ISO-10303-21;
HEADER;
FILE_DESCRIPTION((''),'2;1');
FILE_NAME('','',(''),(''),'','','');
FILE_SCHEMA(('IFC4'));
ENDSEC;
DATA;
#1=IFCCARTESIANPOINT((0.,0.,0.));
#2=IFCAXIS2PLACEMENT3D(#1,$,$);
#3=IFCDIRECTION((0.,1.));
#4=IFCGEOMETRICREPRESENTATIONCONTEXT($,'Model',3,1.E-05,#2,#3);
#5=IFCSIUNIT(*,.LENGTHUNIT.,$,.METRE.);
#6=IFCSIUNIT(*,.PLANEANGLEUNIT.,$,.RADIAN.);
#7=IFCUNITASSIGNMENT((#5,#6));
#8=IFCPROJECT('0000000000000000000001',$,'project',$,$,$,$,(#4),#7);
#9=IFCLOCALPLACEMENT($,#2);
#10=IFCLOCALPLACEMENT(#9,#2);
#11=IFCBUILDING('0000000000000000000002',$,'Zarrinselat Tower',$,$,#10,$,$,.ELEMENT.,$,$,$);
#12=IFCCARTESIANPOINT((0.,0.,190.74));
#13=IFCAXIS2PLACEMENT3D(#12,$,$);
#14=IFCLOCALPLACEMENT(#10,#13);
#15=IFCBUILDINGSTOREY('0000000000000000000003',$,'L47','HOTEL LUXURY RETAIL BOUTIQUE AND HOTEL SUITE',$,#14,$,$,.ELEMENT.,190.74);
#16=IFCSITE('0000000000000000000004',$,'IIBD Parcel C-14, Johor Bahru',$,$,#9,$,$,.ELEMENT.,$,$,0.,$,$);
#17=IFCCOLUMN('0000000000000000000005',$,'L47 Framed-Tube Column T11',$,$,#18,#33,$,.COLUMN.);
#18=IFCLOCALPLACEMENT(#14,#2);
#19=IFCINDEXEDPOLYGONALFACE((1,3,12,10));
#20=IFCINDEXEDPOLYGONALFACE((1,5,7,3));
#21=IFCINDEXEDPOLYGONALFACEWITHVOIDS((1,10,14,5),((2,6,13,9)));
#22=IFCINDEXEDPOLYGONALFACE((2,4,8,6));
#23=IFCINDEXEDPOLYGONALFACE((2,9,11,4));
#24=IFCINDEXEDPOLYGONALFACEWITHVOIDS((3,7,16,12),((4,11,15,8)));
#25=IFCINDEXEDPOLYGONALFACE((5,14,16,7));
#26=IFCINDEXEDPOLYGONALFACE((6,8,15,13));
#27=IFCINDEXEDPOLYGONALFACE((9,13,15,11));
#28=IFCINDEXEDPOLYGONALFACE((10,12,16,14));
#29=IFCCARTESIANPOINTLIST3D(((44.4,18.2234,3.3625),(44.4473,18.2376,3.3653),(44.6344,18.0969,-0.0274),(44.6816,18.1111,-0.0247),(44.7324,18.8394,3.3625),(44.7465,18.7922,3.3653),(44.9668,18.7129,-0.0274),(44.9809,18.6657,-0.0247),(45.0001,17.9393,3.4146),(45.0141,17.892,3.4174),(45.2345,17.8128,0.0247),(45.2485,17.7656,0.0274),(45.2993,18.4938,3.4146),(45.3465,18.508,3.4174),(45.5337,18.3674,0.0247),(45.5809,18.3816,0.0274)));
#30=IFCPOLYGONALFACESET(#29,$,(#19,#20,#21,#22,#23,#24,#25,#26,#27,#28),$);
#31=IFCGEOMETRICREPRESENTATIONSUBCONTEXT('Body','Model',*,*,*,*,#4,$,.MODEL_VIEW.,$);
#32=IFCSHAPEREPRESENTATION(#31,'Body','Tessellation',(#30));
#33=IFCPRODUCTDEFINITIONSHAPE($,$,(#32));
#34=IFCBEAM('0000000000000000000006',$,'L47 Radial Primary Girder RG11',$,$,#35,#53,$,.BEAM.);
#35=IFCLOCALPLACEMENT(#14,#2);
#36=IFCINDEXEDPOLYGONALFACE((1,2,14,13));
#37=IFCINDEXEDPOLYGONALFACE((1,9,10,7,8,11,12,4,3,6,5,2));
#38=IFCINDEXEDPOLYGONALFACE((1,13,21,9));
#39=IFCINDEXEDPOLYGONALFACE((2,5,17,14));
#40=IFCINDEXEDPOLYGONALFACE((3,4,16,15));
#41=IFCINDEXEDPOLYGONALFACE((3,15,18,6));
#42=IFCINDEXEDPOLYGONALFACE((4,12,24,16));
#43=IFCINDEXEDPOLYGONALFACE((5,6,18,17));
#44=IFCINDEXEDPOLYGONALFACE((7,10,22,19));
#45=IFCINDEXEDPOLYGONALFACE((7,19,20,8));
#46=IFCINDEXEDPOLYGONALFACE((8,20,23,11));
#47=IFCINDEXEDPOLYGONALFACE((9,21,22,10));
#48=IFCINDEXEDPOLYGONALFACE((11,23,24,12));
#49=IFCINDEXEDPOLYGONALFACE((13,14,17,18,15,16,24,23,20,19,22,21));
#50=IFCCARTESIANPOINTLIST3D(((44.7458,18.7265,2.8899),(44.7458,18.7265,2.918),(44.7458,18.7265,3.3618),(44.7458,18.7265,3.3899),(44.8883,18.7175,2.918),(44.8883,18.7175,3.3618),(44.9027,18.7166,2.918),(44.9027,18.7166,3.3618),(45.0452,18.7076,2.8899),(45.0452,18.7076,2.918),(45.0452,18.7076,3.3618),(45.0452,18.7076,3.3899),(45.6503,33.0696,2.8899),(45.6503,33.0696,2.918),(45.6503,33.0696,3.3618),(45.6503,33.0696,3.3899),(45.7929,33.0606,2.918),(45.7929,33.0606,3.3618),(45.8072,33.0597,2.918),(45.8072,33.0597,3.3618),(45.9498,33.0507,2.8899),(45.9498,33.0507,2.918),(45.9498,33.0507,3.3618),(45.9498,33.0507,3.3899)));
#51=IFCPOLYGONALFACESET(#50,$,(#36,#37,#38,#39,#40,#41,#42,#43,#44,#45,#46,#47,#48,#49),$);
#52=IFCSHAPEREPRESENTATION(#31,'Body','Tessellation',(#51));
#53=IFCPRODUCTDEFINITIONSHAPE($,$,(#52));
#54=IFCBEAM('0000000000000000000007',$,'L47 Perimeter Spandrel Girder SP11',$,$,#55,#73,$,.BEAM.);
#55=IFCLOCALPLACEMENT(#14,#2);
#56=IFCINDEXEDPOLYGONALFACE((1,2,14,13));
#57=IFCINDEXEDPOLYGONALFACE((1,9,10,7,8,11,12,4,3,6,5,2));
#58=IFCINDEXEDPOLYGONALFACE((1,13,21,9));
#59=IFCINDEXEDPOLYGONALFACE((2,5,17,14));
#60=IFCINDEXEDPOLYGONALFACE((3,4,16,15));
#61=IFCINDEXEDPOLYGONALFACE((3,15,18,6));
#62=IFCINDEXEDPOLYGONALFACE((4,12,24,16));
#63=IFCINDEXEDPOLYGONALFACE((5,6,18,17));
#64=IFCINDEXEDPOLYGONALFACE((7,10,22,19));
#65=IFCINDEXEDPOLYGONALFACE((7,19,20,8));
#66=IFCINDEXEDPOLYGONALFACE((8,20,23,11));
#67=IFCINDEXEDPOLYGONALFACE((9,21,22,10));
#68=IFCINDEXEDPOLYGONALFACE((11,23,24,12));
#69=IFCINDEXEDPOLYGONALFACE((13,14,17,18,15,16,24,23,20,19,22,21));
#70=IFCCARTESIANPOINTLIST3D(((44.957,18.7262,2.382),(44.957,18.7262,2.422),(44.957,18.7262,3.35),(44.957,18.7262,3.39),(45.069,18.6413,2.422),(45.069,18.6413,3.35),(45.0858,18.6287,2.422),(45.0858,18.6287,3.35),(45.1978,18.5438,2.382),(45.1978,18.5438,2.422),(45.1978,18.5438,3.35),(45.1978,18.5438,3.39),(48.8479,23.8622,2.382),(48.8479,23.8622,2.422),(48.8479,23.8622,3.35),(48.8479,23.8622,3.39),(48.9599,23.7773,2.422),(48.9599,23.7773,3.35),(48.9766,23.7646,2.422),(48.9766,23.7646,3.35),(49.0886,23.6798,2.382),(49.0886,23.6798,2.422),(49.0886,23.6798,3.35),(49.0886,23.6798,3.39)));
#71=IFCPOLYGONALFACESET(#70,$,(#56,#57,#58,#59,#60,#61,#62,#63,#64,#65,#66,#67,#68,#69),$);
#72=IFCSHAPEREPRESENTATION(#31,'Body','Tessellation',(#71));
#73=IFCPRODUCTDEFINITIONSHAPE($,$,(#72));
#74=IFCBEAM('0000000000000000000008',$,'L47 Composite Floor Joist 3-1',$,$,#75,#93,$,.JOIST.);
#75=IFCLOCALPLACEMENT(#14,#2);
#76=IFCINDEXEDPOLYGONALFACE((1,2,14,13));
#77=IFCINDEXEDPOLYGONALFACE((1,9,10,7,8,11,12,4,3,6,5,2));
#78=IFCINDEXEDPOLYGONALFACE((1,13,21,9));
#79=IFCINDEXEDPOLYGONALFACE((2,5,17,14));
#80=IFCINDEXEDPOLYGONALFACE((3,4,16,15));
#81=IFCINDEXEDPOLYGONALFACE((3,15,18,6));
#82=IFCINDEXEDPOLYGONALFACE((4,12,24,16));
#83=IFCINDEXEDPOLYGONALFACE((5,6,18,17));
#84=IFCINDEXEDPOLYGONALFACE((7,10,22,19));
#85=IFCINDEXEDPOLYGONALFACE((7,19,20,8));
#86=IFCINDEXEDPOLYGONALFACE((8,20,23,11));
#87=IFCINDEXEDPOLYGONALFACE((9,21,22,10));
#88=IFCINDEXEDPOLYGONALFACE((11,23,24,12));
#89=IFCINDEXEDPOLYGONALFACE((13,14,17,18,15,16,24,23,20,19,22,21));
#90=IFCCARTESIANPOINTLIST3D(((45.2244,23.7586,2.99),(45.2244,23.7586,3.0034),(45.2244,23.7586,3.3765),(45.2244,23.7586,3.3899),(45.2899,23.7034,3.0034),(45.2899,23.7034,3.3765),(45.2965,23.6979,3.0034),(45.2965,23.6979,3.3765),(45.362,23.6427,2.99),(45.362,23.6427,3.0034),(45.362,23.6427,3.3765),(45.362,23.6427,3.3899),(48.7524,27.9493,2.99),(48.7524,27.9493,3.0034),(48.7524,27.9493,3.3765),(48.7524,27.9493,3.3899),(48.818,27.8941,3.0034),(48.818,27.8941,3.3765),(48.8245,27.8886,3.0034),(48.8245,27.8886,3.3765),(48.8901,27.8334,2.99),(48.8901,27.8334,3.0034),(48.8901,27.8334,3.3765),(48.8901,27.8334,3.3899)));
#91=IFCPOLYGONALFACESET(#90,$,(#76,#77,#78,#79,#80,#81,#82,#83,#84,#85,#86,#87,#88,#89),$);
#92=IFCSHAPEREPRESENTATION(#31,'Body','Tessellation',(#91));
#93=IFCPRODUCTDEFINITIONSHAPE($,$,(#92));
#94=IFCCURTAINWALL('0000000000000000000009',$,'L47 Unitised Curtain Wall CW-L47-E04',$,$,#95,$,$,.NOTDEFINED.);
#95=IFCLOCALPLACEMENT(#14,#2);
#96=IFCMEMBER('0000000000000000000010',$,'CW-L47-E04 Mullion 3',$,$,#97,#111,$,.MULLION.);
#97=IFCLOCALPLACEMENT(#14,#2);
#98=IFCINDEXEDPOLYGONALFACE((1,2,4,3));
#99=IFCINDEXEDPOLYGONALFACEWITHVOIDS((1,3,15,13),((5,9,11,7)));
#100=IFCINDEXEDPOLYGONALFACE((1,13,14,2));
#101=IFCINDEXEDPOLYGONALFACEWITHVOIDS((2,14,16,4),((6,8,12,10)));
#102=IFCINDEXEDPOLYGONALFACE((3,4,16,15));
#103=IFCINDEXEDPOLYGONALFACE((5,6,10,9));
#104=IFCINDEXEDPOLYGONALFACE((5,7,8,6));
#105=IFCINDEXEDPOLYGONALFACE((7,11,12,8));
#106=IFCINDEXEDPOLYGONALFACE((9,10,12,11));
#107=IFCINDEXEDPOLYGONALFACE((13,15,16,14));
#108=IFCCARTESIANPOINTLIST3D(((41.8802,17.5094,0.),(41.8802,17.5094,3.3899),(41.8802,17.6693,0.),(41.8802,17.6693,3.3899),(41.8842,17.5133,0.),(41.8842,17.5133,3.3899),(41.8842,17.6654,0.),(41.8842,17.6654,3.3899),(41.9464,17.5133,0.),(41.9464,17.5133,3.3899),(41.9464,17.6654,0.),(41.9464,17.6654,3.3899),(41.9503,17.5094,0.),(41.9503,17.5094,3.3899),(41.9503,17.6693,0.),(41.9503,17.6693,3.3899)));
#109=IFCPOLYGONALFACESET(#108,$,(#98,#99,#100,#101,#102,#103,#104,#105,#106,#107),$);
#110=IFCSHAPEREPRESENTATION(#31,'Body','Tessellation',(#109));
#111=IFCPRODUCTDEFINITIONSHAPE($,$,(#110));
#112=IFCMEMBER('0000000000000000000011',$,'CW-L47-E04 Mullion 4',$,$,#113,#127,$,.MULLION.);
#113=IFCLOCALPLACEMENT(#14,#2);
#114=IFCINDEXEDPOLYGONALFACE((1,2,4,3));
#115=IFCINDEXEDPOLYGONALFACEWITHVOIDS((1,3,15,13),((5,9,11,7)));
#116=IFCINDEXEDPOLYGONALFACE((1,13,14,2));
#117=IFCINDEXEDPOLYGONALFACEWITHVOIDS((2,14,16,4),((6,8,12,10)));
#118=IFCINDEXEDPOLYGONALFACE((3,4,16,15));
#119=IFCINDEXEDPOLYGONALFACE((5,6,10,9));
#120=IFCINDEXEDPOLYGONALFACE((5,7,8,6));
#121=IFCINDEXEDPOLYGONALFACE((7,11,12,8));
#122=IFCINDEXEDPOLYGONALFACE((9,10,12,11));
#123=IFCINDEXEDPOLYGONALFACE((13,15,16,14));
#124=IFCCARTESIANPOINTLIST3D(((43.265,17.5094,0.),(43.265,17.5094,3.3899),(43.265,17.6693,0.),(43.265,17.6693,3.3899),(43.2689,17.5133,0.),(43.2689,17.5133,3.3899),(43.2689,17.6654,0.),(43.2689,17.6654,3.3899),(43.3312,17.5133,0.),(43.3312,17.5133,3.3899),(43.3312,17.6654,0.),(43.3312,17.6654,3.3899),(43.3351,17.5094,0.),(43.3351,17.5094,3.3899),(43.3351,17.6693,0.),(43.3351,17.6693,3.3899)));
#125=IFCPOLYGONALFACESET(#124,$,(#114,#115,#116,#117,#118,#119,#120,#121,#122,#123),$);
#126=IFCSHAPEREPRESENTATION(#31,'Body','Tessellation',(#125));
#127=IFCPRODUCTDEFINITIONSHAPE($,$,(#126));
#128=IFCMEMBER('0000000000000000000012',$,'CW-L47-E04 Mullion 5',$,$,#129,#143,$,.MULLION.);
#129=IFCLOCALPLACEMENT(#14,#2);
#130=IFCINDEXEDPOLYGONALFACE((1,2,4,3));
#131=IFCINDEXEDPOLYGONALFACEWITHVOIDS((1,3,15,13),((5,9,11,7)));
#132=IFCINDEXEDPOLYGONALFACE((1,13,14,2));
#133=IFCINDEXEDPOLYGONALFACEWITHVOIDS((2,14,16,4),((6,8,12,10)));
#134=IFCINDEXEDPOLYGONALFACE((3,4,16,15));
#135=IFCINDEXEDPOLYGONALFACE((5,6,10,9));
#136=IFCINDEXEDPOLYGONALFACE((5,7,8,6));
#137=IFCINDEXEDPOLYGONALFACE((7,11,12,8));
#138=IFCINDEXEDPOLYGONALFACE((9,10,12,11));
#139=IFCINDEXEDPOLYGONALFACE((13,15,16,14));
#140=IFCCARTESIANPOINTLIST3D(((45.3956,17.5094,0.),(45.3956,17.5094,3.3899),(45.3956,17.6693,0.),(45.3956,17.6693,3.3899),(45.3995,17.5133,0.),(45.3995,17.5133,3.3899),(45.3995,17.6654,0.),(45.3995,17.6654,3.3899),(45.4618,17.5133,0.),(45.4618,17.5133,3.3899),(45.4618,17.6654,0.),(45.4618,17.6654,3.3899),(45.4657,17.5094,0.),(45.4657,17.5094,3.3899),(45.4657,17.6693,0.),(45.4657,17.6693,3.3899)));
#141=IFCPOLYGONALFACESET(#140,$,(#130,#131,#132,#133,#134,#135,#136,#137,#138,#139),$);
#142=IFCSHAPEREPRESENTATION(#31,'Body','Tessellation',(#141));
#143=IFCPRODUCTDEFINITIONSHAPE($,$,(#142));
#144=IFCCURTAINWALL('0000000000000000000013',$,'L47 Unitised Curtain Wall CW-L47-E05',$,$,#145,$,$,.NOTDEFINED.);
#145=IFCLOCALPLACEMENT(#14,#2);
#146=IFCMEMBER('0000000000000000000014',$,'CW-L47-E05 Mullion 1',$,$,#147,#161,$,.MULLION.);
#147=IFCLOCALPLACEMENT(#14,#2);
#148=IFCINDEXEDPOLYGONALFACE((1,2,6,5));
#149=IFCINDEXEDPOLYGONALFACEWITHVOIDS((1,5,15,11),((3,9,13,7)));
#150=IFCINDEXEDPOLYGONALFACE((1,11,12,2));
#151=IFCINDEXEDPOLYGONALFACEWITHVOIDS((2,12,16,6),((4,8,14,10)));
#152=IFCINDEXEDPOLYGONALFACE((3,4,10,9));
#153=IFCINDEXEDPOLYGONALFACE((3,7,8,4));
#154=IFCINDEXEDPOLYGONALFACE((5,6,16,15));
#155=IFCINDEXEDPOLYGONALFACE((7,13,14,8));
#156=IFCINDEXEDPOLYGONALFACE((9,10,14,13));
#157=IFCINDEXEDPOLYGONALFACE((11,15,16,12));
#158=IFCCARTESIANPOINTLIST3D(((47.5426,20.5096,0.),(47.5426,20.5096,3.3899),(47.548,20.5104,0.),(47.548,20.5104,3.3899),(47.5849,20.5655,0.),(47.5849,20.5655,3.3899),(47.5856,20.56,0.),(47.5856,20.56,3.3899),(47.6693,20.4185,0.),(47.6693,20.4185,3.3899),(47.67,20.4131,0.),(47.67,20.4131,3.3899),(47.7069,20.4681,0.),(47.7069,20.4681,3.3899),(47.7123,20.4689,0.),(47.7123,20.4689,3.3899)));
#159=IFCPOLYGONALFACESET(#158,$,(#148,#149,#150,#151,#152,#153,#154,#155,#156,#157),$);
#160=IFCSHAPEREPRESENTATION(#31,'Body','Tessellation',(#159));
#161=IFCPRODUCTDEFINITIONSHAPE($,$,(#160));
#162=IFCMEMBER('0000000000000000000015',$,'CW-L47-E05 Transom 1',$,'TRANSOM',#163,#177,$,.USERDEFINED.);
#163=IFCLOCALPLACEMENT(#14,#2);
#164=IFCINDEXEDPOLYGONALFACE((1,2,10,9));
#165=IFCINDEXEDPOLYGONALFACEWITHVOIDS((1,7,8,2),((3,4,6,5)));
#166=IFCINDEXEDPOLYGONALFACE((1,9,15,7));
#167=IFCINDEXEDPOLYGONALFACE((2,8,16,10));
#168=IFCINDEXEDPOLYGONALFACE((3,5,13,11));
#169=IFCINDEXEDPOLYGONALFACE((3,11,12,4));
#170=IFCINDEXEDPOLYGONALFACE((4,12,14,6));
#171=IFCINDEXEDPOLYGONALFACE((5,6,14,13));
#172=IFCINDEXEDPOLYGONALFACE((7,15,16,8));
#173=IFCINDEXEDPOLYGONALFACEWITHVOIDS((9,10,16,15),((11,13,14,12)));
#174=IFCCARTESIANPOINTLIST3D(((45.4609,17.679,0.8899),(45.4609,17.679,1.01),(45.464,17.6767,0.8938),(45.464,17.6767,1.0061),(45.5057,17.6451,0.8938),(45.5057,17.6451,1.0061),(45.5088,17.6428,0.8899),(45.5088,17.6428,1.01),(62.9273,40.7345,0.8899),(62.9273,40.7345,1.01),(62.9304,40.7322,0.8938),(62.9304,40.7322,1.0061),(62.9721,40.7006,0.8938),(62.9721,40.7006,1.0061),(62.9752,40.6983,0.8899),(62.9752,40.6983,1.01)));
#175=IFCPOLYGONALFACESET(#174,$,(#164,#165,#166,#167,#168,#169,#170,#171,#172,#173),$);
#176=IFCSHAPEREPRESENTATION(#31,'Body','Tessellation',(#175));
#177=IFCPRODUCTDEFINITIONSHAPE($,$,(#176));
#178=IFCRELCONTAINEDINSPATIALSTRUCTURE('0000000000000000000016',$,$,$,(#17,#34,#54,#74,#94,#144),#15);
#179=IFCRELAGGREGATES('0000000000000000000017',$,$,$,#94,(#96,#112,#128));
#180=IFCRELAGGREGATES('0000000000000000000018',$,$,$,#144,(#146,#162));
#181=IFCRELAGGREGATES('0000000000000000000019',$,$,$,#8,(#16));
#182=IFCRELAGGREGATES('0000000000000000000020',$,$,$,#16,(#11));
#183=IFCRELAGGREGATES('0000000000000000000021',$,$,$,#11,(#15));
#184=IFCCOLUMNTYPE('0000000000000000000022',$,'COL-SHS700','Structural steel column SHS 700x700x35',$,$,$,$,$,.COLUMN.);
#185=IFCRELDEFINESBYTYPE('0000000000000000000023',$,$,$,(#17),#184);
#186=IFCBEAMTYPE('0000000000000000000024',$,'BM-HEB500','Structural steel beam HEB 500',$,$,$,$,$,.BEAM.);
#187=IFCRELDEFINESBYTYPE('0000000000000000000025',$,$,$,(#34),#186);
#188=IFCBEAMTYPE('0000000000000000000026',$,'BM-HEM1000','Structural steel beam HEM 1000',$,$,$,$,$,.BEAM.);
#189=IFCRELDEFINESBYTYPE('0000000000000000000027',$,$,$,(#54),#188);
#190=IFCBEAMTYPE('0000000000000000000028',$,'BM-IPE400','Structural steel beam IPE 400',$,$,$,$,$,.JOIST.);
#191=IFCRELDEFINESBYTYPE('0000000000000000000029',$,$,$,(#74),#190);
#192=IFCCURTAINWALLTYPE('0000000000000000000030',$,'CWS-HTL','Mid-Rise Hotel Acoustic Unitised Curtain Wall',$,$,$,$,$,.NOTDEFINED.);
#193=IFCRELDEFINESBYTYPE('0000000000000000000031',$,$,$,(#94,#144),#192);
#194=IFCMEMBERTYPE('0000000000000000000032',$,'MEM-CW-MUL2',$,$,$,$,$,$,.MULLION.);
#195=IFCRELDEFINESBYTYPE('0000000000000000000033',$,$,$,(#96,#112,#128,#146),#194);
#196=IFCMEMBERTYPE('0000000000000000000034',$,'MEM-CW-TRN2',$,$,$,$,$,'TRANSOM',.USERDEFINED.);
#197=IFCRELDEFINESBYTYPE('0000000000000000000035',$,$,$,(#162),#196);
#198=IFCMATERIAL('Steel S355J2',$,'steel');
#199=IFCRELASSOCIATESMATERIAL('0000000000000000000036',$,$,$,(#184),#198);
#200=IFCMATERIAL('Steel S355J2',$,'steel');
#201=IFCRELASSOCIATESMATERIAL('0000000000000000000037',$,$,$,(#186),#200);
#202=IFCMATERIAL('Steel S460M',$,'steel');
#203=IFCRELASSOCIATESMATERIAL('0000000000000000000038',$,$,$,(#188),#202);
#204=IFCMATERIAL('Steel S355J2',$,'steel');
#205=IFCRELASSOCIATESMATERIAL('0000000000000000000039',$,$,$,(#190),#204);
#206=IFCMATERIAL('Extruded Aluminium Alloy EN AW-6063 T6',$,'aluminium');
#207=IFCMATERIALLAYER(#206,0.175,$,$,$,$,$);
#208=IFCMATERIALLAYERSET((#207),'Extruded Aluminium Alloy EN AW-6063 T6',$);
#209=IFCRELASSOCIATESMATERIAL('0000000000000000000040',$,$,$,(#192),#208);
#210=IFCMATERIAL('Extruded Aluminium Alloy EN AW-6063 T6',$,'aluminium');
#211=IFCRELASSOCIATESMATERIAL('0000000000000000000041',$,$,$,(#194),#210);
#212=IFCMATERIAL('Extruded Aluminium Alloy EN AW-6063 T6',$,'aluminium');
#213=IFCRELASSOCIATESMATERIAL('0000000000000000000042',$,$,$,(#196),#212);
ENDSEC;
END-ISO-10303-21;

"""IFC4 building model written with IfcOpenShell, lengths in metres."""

from ifc_helpers import new_model, si_unit, direction, frame, origin, origin_2d, place, context, subcontext, project, spatial, hollow_rectangle, i_section, extrude, material, layer, layer_set, material_profile, profile_set, type_object, element, aggregate, save


model = new_model("IFC4")

# Units and contexts
model_context = context("Model", 3, precision=1e-05, world=origin(), true_north=direction((0.0, 1.0)))
body_context = subcontext(model_context, "Body", "Model", "MODEL_VIEW")
ifc_project = project(units=[si_unit("LENGTHUNIT", "METRE"), si_unit("PLANEANGLEUNIT", "RADIAN")], contexts=[model_context])

# Site, building, storey
site_placement = place(None, origin())
site = spatial("IfcSite", under=ifc_project, at=site_placement, Name="IIBD Parcel C-14, Johor Bahru", CompositionType="ELEMENT", RefElevation=0.0)
building_placement = place(site_placement, origin())
building = spatial("IfcBuilding", under=site, at=building_placement, Name="Zarrinselat Tower", CompositionType="ELEMENT")
storey_placement = place(building_placement, frame((0.0, 0.0, 190.74)))
storey = spatial("IfcBuildingStorey", under=building, at=storey_placement, Name="L47", Description="HOTEL LUXURY RETAIL BOUTIQUE AND HOTEL SUITE", CompositionType="ELEMENT", Elevation=190.74)

# Column
ifc_material_1 = material(Name="Steel S355J2", Category="steel")
ifc_material_profile_1 = material_profile(ifc_material_1, hollow_rectangle(XDim=0.7, YDim=0.7, WallThickness=0.0349, at=origin_2d()), Name="SHS 700x700x35")
ifc_profile_set_1 = profile_set([ifc_material_profile_1], Name="Steel S355J2")
column_type = type_object("IfcColumnType", Name="COL-SHS700", Description="Structural steel column SHS 700x700x35", PredefinedType="COLUMN", material=ifc_profile_set_1)
column_placement = place(storey_placement, frame((45.1077, 18.2393, 0.0), z_axis=(-0.068927, 0.037192, 0.996928), x_axis=(-0.474865, -0.880059, 0.0)))
element("IfcColumn", 1, at=column_placement, inside=storey, type_object=column_type, Name="L47 Framed-Tube Column T11", PredefinedType="COLUMN", context=body_context, shape_type="SweptSolid", body=[
    extrude(hollow_rectangle(XDim=0.7, YDim=0.7, WallThickness=0.0349, at=origin_2d()), origin(), (0.0, 0.0, 1.0), 3.4004),
])

# Beams
ifc_material_2 = material(Name="Steel S355J2", Category="steel")
ifc_material_profile_2 = material_profile(ifc_material_2, i_section(OverallWidth=0.3, OverallDepth=0.5, WebThickness=0.0144, FlangeThickness=0.0281, at=origin_2d()), Name="HEB 500")
ifc_profile_set_2 = profile_set([ifc_material_profile_2], Name="Steel S355J2")
beam_type_1 = type_object("IfcBeamType", Name="BM-HEB500", Description="Structural steel beam HEB 500", PredefinedType="BEAM", material=ifc_profile_set_2)
beam_1_placement = place(storey_placement, frame((44.8955, 18.717, 3.1399), z_axis=(0.06294, 0.998017, 0.0), x_axis=(-0.998017, 0.06294, 0.0)))
element("IfcBeam", 2, at=beam_1_placement, inside=storey, type_object=beam_type_1, Name="L47 Radial Primary Girder RG11", PredefinedType="BEAM", context=body_context, shape_type="SweptSolid", body=[
    extrude(i_section(OverallWidth=0.3, OverallDepth=0.5, WebThickness=0.0144, FlangeThickness=0.0281, at=origin_2d()), origin(), (0.0, 0.0, 1.0), 14.3716),
])
ifc_material_3 = material(Name="Steel S460M", Category="steel")
ifc_material_profile_3 = material_profile(ifc_material_3, i_section(OverallWidth=0.302, OverallDepth=1.0081, WebThickness=0.021, FlangeThickness=0.04, at=origin_2d()), Name="HEM 1000")
ifc_profile_set_3 = profile_set([ifc_material_profile_3], Name="Steel S460M")
beam_type_2 = type_object("IfcBeamType", Name="BM-HEM1000", Description="Structural steel beam HEM 1000", PredefinedType="BEAM", material=ifc_profile_set_3)
beam_2_placement = place(storey_placement, frame((45.0774, 18.635, 2.886), z_axis=(0.603855, 0.797094, 0.0), x_axis=(-0.797094, 0.603855, 0.0)))
element("IfcBeam", 3, at=beam_2_placement, inside=storey, type_object=beam_type_2, Name="L47 Perimeter Spandrel Girder SP11", PredefinedType="BEAM", context=body_context, shape_type="SweptSolid", body=[
    extrude(i_section(OverallWidth=0.302, OverallDepth=1.0081, WebThickness=0.021, FlangeThickness=0.04, at=origin_2d()), origin(), (0.0, 0.0, 1.0), 6.4434),
])
ifc_material_4 = material(Name="Steel S355J2", Category="steel")
ifc_material_profile_4 = material_profile(ifc_material_4, i_section(OverallWidth=0.1799, OverallDepth=0.3999, WebThickness=0.0085, FlangeThickness=0.0134, at=origin_2d()), Name="IPE 400")
ifc_profile_set_4 = profile_set([ifc_material_profile_4], Name="Steel S355J2")
beam_type_3 = type_object("IfcBeamType", Name="BM-IPE400", Description="Structural steel beam IPE 400", PredefinedType="JOIST", material=ifc_profile_set_4)
beam_3_placement = place(storey_placement, frame((45.2932, 23.7007, 3.1899), z_axis=(0.644038, 0.764993, 0.0), x_axis=(-0.764993, 0.644038, 0.0)))
element("IfcBeam", 4, at=beam_3_placement, inside=storey, type_object=beam_type_3, Name="L47 Composite Floor Joist 3-1", PredefinedType="JOIST", context=body_context, shape_type="SweptSolid", body=[
    extrude(i_section(OverallWidth=0.1799, OverallDepth=0.3999, WebThickness=0.0085, FlangeThickness=0.0134, at=origin_2d()), origin(), (0.0, 0.0, 1.0), 5.478),
])

# Curtain walls, members
ifc_material_5 = material(Name="Extruded Aluminium Alloy EN AW-6063 T6", Category="aluminium")
ifc_layer_1 = layer(ifc_material_5, 0.175)
ifc_layer_set_1 = layer_set([ifc_layer_1], Name="Extruded Aluminium Alloy EN AW-6063 T6")
curtain_wall_type = type_object("IfcCurtainWallType", Name="CWS-HTL", Description="Mid-Rise Hotel Acoustic Unitised Curtain Wall", PredefinedType="NOTDEFINED", material=ifc_layer_set_1)
curtain_wall_1_placement = place(storey_placement, origin())
curtain_wall_1 = element("IfcCurtainWall", 5, at=curtain_wall_1_placement, inside=storey, type_object=curtain_wall_type, Name="L47 Unitised Curtain Wall CW-L47-E04", PredefinedType="NOTDEFINED")
ifc_material_6 = material(Name="Extruded Aluminium Alloy EN AW-6063 T6", Category="aluminium")
ifc_material_profile_5 = material_profile(ifc_material_6, hollow_rectangle(XDim=0.0701, YDim=0.1599, WallThickness=0.0039, at=origin_2d()), Name="RHS 160x70x4")
ifc_profile_set_5 = profile_set([ifc_material_profile_5], Name="Extruded Aluminium Alloy EN AW-6063 T6")
member_type_1 = type_object("IfcMemberType", Name="MEM-CW-MUL2", PredefinedType="MULLION", material=ifc_profile_set_5)
member_1_placement = place(storey_placement, frame((41.9153, 17.5894, 0.0), z_axis=(0.0, 0.0, 1.0), x_axis=(1.0, 0.0, 0.0)))
member_1 = element("IfcMember", 6, at=member_1_placement, type_object=member_type_1, Name="CW-L47-E04 Mullion 3", PredefinedType="MULLION", context=body_context, shape_type="SweptSolid", body=[
    extrude(hollow_rectangle(XDim=0.0701, YDim=0.1599, WallThickness=0.0039, at=origin_2d()), origin(), (0.0, 0.0, 1.0), 3.3899),
])
member_2_placement = place(storey_placement, frame((43.3, 17.5894, 0.0), z_axis=(0.0, 0.0, 1.0), x_axis=(1.0, 0.0, 0.0)))
member_2 = element("IfcMember", 7, at=member_2_placement, type_object=member_type_1, Name="CW-L47-E04 Mullion 4", PredefinedType="MULLION", context=body_context, shape_type="SweptSolid", body=[
    extrude(hollow_rectangle(XDim=0.0701, YDim=0.1599, WallThickness=0.0039, at=origin_2d()), origin(), (0.0, 0.0, 1.0), 3.3899),
])
member_3_placement = place(storey_placement, frame((45.4307, 17.5894, 0.0), z_axis=(0.0, 0.0, 1.0), x_axis=(1.0, 0.0, 0.0)))
member_3 = element("IfcMember", 8, at=member_3_placement, type_object=member_type_1, Name="CW-L47-E04 Mullion 5", PredefinedType="MULLION", context=body_context, shape_type="SweptSolid", body=[
    extrude(hollow_rectangle(XDim=0.0701, YDim=0.1599, WallThickness=0.0039, at=origin_2d()), origin(), (0.0, 0.0, 1.0), 3.3899),
])
curtain_wall_2_placement = place(storey_placement, origin())
curtain_wall_2 = element("IfcCurtainWall", 9, at=curtain_wall_2_placement, inside=storey, type_object=curtain_wall_type, Name="L47 Unitised Curtain Wall CW-L47-E05", PredefinedType="NOTDEFINED")
member_4_placement = place(storey_placement, frame((47.6274, 20.4893, 0.0), z_axis=(0.0, 0.0, 1.0), x_axis=(0.603857, 0.797093, 0.0)))
member_4 = element("IfcMember", 10, at=member_4_placement, type_object=member_type_1, Name="CW-L47-E05 Mullion 1", PredefinedType="MULLION", context=body_context, shape_type="SweptSolid", body=[
    extrude(hollow_rectangle(XDim=0.0701, YDim=0.1599, WallThickness=0.0039, at=origin_2d()), origin(), (0.0, 0.0, 1.0), 3.3899),
])
ifc_material_7 = material(Name="Extruded Aluminium Alloy EN AW-6063 T6", Category="aluminium")
ifc_material_profile_6 = material_profile(ifc_material_7, hollow_rectangle(XDim=0.0601, YDim=0.1201, WallThickness=0.0039, at=origin_2d()), Name="RHS 120x60x4")
ifc_profile_set_6 = profile_set([ifc_material_profile_6], Name="Extruded Aluminium Alloy EN AW-6063 T6")
member_type_2 = type_object("IfcMemberType", Name="MEM-CW-TRN2", ElementType="TRANSOM", PredefinedType="USERDEFINED", material=ifc_profile_set_6)
member_5_placement = place(storey_placement, frame((45.4849, 17.6609, 0.95), z_axis=(0.603859, 0.797091, 0.0), x_axis=(-0.797091, 0.603859, 0.0)))
member_5 = element("IfcMember", 11, at=member_5_placement, type_object=member_type_2, Name="CW-L47-E05 Transom 1", ObjectType="TRANSOM", PredefinedType="USERDEFINED", context=body_context, shape_type="SweptSolid", body=[
    extrude(hollow_rectangle(XDim=0.0601, YDim=0.1201, WallThickness=0.0039, at=origin_2d()), origin(), (0.0, 0.0, 1.0), 28.9246),
])

aggregate(curtain_wall_1, [member_1, member_2, member_3])
aggregate(curtain_wall_2, [member_4, member_5])

save(model, "model.ifc")
